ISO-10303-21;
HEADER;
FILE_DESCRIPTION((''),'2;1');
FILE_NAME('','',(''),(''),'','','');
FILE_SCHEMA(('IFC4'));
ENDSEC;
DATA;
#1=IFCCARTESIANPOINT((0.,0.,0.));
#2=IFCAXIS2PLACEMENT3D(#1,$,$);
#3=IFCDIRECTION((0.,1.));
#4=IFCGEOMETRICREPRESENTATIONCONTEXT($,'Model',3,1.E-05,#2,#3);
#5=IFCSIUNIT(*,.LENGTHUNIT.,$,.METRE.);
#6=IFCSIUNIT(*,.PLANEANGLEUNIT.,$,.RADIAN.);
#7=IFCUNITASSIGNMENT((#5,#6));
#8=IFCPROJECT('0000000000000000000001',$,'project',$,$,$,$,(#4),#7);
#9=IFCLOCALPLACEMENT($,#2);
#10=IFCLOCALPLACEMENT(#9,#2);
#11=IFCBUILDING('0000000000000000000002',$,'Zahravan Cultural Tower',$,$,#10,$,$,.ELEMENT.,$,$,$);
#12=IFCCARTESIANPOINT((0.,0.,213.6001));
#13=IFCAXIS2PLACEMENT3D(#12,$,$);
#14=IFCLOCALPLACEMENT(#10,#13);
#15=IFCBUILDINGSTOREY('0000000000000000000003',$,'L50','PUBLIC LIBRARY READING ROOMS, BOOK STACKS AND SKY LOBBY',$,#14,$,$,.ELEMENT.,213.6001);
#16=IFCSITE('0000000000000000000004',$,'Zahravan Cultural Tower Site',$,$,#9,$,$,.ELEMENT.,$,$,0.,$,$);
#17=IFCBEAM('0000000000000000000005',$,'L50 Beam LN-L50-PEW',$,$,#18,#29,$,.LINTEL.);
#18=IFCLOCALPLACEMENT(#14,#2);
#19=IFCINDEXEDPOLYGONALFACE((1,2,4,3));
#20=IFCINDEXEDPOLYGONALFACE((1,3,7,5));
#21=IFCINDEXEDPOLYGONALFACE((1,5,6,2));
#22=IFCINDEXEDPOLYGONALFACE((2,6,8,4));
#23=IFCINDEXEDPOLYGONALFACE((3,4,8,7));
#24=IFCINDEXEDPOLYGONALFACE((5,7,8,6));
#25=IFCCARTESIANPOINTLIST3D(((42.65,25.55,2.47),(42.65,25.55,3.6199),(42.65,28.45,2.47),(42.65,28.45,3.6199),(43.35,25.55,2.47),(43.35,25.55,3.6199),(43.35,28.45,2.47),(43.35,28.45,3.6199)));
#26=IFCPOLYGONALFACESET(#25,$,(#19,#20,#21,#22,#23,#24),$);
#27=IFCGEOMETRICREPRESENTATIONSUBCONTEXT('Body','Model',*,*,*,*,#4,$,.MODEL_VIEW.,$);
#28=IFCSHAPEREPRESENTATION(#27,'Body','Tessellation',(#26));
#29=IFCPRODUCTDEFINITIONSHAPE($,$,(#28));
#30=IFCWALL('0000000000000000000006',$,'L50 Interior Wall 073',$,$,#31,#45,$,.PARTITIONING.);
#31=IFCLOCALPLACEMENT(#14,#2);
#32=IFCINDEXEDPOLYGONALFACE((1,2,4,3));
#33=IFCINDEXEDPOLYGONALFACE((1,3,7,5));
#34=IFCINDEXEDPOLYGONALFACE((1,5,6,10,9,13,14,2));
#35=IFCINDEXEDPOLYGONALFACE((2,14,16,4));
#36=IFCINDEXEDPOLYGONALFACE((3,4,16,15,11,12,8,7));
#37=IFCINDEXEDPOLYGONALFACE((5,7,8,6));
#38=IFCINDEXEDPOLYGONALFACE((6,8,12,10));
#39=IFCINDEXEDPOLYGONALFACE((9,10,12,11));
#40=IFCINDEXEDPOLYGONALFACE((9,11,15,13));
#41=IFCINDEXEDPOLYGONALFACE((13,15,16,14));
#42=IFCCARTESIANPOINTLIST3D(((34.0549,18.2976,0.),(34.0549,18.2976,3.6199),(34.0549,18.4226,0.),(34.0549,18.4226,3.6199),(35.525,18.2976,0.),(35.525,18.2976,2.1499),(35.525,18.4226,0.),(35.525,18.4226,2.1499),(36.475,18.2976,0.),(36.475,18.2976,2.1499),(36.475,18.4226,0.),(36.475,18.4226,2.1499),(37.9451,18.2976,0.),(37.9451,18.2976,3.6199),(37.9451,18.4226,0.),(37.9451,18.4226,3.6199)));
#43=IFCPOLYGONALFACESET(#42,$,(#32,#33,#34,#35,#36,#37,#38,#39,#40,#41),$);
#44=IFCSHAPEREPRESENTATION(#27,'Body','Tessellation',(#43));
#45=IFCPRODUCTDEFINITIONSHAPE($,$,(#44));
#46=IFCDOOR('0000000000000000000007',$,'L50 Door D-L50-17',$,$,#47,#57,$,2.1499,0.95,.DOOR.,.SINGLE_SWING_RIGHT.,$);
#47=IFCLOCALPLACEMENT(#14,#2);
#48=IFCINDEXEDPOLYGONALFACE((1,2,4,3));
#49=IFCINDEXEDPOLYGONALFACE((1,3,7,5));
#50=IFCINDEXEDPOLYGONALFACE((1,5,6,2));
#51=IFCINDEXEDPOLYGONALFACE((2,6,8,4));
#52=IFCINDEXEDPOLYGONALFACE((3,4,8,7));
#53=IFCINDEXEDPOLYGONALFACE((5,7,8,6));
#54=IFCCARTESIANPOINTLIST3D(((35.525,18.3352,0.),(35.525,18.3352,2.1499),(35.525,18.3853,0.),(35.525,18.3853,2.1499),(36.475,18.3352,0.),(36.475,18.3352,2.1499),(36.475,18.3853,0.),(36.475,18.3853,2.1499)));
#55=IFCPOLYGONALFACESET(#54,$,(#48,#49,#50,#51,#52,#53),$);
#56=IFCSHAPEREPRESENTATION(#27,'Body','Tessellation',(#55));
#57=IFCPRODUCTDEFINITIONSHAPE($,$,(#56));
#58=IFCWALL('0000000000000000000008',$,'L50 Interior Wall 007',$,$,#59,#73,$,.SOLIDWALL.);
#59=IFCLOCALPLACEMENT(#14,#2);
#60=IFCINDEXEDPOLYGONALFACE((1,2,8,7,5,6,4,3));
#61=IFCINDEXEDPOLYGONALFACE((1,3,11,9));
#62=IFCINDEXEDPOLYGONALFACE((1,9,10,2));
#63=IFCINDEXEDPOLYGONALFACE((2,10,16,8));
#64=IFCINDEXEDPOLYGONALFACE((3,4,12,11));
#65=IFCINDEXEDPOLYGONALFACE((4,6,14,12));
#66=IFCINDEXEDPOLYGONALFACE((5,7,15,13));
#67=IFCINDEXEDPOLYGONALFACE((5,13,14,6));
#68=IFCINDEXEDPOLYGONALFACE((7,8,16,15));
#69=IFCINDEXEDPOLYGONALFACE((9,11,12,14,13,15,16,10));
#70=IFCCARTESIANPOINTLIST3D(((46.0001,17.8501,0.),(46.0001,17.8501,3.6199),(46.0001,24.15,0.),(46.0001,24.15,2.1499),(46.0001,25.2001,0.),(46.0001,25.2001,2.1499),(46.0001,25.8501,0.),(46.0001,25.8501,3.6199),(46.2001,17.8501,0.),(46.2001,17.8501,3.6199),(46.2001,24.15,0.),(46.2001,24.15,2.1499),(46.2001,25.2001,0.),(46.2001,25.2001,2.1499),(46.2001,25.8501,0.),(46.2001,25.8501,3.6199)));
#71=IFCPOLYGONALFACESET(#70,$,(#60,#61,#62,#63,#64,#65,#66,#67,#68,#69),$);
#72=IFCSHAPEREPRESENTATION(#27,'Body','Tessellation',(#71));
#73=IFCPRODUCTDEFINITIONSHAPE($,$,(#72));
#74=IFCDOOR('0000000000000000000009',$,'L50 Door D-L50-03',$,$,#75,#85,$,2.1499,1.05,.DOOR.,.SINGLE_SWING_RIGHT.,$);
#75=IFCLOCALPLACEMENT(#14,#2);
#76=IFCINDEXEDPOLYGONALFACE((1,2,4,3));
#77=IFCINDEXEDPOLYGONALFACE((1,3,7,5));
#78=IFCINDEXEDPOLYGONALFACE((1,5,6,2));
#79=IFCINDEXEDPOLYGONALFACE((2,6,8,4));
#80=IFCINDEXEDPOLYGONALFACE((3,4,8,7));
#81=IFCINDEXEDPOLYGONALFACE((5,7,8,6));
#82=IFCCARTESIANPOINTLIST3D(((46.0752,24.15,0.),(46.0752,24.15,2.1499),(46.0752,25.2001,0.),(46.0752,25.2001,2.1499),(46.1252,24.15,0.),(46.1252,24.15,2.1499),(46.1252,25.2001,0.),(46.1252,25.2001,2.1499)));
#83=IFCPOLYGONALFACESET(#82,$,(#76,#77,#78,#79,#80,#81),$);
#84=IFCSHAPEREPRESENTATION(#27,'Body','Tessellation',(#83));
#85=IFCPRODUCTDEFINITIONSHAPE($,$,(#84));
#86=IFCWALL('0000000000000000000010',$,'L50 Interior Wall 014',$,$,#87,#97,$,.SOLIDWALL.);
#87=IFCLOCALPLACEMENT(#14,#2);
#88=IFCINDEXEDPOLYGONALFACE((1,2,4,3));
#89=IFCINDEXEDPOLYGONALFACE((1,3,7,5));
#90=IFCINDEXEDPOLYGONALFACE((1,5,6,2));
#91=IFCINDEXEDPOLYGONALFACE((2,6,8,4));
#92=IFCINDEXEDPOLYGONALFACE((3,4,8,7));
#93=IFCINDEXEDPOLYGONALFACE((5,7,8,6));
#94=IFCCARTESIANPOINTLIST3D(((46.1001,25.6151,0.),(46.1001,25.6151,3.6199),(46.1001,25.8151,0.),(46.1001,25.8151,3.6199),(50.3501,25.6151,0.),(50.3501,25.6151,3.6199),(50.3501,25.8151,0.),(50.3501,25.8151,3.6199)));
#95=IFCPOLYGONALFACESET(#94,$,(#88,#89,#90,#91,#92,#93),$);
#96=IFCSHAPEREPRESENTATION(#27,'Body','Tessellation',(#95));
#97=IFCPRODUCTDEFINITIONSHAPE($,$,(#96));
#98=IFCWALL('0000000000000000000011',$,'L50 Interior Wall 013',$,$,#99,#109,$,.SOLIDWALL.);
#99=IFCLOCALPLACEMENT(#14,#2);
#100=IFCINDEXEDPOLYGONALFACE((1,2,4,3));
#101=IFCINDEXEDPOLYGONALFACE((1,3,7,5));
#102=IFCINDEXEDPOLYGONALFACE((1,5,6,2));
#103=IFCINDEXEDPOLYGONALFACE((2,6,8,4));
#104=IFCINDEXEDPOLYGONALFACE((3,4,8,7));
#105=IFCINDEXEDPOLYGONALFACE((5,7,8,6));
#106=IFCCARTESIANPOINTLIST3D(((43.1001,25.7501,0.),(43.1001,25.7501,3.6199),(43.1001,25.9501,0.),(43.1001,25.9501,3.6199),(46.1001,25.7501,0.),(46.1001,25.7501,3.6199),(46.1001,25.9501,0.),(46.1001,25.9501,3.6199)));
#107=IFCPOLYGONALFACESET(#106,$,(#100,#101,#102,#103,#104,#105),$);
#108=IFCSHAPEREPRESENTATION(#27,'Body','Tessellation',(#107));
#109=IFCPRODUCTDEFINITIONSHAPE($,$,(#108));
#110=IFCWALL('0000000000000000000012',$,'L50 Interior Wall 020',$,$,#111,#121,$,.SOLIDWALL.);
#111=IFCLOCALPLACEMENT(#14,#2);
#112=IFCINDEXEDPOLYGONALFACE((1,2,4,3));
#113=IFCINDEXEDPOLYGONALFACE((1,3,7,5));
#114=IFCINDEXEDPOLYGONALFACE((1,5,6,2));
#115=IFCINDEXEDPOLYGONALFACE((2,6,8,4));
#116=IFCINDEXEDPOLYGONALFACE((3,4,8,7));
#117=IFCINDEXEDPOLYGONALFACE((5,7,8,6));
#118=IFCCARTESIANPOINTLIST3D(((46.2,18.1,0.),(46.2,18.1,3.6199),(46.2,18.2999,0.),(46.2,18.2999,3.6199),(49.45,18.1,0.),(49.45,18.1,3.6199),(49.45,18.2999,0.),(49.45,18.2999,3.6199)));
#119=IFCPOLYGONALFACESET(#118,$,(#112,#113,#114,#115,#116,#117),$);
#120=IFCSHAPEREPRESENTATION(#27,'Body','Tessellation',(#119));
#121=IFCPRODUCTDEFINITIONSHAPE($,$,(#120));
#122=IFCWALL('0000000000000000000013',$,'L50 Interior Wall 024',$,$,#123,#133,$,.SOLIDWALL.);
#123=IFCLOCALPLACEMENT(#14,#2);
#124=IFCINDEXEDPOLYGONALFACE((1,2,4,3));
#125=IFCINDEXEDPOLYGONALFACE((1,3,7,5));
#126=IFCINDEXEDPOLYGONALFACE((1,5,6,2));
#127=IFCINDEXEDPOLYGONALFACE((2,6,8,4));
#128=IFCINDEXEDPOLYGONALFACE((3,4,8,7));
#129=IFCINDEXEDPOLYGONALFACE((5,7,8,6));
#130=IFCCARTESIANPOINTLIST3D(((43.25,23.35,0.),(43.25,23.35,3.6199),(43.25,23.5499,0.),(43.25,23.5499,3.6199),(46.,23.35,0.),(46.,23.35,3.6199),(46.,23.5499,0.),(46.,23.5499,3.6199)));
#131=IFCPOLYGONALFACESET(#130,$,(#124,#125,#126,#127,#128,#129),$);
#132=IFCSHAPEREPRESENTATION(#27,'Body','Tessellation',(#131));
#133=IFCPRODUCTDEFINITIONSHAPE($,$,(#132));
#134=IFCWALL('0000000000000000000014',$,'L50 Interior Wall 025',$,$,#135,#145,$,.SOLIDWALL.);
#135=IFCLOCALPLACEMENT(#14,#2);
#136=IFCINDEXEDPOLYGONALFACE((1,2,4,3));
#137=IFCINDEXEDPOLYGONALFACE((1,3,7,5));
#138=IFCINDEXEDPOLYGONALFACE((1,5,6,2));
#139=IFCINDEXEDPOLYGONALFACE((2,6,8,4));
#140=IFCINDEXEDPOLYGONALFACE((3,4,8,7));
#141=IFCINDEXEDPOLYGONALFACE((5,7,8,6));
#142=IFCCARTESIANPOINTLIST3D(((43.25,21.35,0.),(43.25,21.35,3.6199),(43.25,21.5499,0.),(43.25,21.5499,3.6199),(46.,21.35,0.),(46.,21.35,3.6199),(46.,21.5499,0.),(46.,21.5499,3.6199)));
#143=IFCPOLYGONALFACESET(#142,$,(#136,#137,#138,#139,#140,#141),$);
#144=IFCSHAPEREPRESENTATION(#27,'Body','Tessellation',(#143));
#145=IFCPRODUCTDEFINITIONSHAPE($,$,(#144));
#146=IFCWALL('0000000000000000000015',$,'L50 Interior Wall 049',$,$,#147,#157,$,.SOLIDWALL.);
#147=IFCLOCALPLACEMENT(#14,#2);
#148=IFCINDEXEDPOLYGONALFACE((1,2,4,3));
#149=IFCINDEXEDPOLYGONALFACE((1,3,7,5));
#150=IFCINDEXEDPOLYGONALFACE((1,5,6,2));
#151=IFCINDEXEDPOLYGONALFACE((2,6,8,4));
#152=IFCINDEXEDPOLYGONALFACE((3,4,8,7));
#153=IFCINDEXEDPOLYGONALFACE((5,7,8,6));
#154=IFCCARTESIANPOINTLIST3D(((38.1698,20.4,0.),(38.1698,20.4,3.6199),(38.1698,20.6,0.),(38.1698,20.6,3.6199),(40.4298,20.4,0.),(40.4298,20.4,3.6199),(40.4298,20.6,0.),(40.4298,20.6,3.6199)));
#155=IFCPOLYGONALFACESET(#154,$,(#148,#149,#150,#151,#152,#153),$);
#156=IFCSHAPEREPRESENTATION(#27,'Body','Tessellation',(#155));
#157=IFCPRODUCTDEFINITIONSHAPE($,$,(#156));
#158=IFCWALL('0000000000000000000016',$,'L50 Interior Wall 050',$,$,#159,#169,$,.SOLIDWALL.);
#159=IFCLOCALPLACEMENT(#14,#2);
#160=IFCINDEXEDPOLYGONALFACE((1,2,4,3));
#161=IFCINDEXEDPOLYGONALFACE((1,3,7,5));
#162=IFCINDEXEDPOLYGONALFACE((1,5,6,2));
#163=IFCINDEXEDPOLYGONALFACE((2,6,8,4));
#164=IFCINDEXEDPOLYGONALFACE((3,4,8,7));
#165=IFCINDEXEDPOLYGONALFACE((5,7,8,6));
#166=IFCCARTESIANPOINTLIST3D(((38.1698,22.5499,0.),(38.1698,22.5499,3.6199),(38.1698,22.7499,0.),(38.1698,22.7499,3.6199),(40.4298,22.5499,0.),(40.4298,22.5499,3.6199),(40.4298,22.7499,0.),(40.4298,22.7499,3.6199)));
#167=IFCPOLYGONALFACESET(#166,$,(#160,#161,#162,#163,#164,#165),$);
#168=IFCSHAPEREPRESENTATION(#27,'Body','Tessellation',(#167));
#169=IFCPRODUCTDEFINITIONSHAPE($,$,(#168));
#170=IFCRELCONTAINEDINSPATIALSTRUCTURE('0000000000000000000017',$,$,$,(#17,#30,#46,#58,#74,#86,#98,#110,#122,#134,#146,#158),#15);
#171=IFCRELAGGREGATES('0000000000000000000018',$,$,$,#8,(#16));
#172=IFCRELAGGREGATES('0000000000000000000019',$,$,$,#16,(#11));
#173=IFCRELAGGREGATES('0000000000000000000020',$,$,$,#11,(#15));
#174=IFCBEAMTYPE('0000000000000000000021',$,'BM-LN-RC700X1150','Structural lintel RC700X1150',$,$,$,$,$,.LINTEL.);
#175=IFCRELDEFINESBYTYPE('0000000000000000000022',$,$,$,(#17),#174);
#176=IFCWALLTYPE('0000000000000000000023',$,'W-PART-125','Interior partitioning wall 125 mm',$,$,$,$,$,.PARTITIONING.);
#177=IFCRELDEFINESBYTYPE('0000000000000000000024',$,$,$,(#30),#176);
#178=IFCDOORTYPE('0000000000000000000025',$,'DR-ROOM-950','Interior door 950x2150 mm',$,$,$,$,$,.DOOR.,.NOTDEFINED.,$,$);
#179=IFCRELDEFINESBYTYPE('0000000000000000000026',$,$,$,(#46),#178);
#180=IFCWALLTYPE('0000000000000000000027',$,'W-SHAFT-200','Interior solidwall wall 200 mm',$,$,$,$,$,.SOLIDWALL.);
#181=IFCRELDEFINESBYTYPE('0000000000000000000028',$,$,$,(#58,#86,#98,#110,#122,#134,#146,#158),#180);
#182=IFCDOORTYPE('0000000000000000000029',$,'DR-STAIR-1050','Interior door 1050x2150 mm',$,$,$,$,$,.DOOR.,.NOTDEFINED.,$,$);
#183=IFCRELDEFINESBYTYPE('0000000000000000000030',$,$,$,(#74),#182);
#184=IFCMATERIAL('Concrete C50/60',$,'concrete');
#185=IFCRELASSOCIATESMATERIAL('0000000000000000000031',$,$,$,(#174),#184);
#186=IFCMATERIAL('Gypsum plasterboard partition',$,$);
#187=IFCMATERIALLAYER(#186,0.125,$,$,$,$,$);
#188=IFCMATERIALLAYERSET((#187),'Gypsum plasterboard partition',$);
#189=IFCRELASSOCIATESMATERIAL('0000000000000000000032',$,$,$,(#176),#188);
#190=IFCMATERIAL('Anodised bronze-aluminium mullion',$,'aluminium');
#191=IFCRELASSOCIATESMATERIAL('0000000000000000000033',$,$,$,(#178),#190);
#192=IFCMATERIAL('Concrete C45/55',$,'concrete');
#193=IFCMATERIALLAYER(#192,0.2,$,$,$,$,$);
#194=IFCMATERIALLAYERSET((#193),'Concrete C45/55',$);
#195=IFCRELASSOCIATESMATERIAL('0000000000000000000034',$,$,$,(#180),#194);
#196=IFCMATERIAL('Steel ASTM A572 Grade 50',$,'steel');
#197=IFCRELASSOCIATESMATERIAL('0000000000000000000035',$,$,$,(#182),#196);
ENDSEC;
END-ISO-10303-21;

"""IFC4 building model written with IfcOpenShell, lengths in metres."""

from ifc_helpers import new_model, si_unit, direction, frame, frame_2d, origin, origin_2d, place, context, subcontext, project, spatial, rectangle, extrude, source, transform, mapped, material, layer, layer_set, material_profile, profile_set, type_object, element, fill, save


model = new_model("IFC4")

# Units and contexts
model_context = context("Model", 3, precision=1e-05, world=origin(), true_north=direction((0.0, 1.0)))
body_context = subcontext(model_context, "Body", "Model", "MODEL_VIEW")
ifc_project = project(units=[si_unit("LENGTHUNIT", "METRE"), si_unit("PLANEANGLEUNIT", "RADIAN")], contexts=[model_context])

# Site, building, storey
site_placement = place(None, origin())
site = spatial("IfcSite", under=ifc_project, at=site_placement, Name="Zahravan Cultural Tower Site", CompositionType="ELEMENT", RefElevation=0.0)
building_placement = place(site_placement, origin())
building = spatial("IfcBuilding", under=site, at=building_placement, Name="Zahravan Cultural Tower", CompositionType="ELEMENT")
storey_placement = place(building_placement, frame((0.0, 0.0, 213.6001)))
storey = spatial("IfcBuildingStorey", under=building, at=storey_placement, Name="L50", Description="PUBLIC LIBRARY READING ROOMS, BOOK STACKS AND SKY LOBBY", CompositionType="ELEMENT", Elevation=213.6001)

# Beam
ifc_material_1 = material(Name="Concrete C50/60", Category="concrete")
ifc_material_profile = material_profile(ifc_material_1, rectangle(XDim=0.7, YDim=1.1499, at=origin_2d()), Name="RC700X1150")
ifc_profile_set = profile_set([ifc_material_profile], Name="Concrete C50/60")
beam_type = type_object("IfcBeamType", Name="BM-LN-RC700X1150", Description="Structural lintel RC700X1150", PredefinedType="LINTEL", material=ifc_profile_set)
shared_shape_1 = source(origin(), body_context, "Body", "SweptSolid", [
    extrude(rectangle(XDim=0.7, YDim=1.1499, at=origin_2d()), origin(), (0.0, 0.0, 1.0), 2.8999),
])
beam_placement = place(storey_placement, frame((43.0, 25.55, 3.0449), z_axis=(0.0, 1.0, 0.0), x_axis=(-1.0, 0.0, 0.0)))
element("IfcBeam", 1, at=beam_placement, inside=storey, type_object=beam_type, Name="L50 Beam LN-L50-PEW", PredefinedType="LINTEL", context=body_context, shape_type="MappedRepresentation", body=[
    mapped(shared_shape_1, transform((0.0, 0.0, 0.0), x_axis=(1.0, 0.0, 0.0), y_axis=(0.0, 1.0, 0.0), z_axis=(0.0, 0.0, 1.0), scale=1.0)),
])

# Walls, openings, doors
ifc_material_2 = material(Name="Gypsum plasterboard partition")
ifc_layer_1 = layer(ifc_material_2, 0.125)
ifc_layer_set_1 = layer_set([ifc_layer_1], Name="Gypsum plasterboard partition")
wall_type_1 = type_object("IfcWallType", Name="W-PART-125", Description="Interior partitioning wall 125 mm", PredefinedType="PARTITIONING", material=ifc_layer_set_1)
ifc_material_3 = material(Name="Anodised bronze-aluminium mullion", Category="aluminium")
door_type_1 = type_object("IfcDoorType", Name="DR-ROOM-950", Description="Interior door 950x2150 mm", OperationType="NOTDEFINED", PredefinedType="DOOR", material=ifc_material_3)
shared_shape_2 = source(origin(), body_context, "Body", "SweptSolid", [
    extrude(rectangle(XDim=0.95, YDim=2.1499, at=frame_2d((0.4751, 1.075))), frame((0.0, 0.0249, 0.0), z_axis=(0.0, -1.0, 0.0), x_axis=(1.0, 0.0, 0.0)), (0.0, 0.0, 1.0), 0.05),
])
wall_1_placement = place(storey_placement, frame((37.9451, 18.3601, 0.0), z_axis=(0.0, 0.0, 1.0), x_axis=(-1.0, 0.0, 0.0)))
wall_1 = element("IfcWall", 2, at=wall_1_placement, inside=storey, type_object=wall_type_1, Name="L50 Interior Wall 073", PredefinedType="PARTITIONING", context=body_context, shape_type="SweptSolid", body=[
    extrude(rectangle(XDim=3.8901, YDim=0.125, at=frame_2d((1.9451, 0.0))), origin(), (0.0, 0.0, 1.0), 3.6199),
])
opening_1_placement = place(wall_1_placement, frame((1.47, 0.0, 0.0)))
opening_1 = element("IfcOpeningElement", 3, at=opening_1_placement, cuts=wall_1, PredefinedType="OPENING", context=body_context, shape_type="SweptSolid", body=[
    extrude(rectangle(XDim=0.95, YDim=2.1499, at=frame_2d((0.4751, 1.075))), frame((0.0, 0.0725, 0.0), z_axis=(0.0, -1.0, 0.0), x_axis=(1.0, 0.0, 0.0)), (0.0, 0.0, 1.0), 0.145),
])
door_1_placement = place(opening_1_placement, origin())
door_1 = element("IfcDoor", 4, at=door_1_placement, inside=storey, type_object=door_type_1, Name="L50 Door D-L50-17", OperationType="SINGLE_SWING_RIGHT", OverallHeight=2.1499, OverallWidth=0.95, PredefinedType="DOOR", context=body_context, shape_type="MappedRepresentation", body=[
    mapped(shared_shape_2, transform((0.0, 0.0, 0.0), x_axis=(1.0, 0.0, 0.0), y_axis=(0.0, 1.0, 0.0), z_axis=(0.0, 0.0, 1.0), scale=1.0)),
])
fill(opening_1, door_1)
ifc_material_4 = material(Name="Concrete C45/55", Category="concrete")
ifc_layer_2 = layer(ifc_material_4, 0.2)
ifc_layer_set_2 = layer_set([ifc_layer_2], Name="Concrete C45/55")
wall_type_2 = type_object("IfcWallType", Name="W-SHAFT-200", Description="Interior solidwall wall 200 mm", PredefinedType="SOLIDWALL", material=ifc_layer_set_2)
wall_2_placement = place(storey_placement, frame((46.1001, 17.8501, 0.0), z_axis=(0.0, 0.0, 1.0), x_axis=(0.0, 1.0, 0.0)))
wall_2 = element("IfcWall", 5, at=wall_2_placement, inside=storey, type_object=wall_type_2, Name="L50 Interior Wall 007", PredefinedType="SOLIDWALL", context=body_context, shape_type="SweptSolid", body=[
    extrude(rectangle(XDim=8.0, YDim=0.2, at=frame_2d((4.0, 0.0))), origin(), (0.0, 0.0, 1.0), 3.6199),
])
opening_2_placement = place(wall_2_placement, frame((6.3, 0.0, 0.0)))
opening_2 = element("IfcOpeningElement", 6, at=opening_2_placement, cuts=wall_2, PredefinedType="OPENING", context=body_context, shape_type="SweptSolid", body=[
    extrude(rectangle(XDim=1.05, YDim=2.1499, at=frame_2d((0.5249, 1.075))), frame((0.0, 0.1099, 0.0), z_axis=(0.0, -1.0, 0.0), x_axis=(1.0, 0.0, 0.0)), (0.0, 0.0, 1.0), 0.22),
])
ifc_material_5 = material(Name="Steel ASTM A572 Grade 50", Category="steel")
door_type_2 = type_object("IfcDoorType", Name="DR-STAIR-1050", Description="Interior door 1050x2150 mm", OperationType="NOTDEFINED", PredefinedType="DOOR", material=ifc_material_5)
shared_shape_3 = source(origin(), body_context, "Body", "SweptSolid", [
    extrude(rectangle(XDim=1.05, YDim=2.1499, at=frame_2d((0.5249, 1.075))), frame((0.0, 0.0249, 0.0), z_axis=(0.0, -1.0, 0.0), x_axis=(1.0, 0.0, 0.0)), (0.0, 0.0, 1.0), 0.05),
])
door_2_placement = place(opening_2_placement, origin())
door_2 = element("IfcDoor", 7, at=door_2_placement, inside=storey, type_object=door_type_2, Name="L50 Door D-L50-03", OperationType="SINGLE_SWING_RIGHT", OverallHeight=2.1499, OverallWidth=1.05, PredefinedType="DOOR", context=body_context, shape_type="MappedRepresentation", body=[
    mapped(shared_shape_3, transform((0.0, 0.0, 0.0), x_axis=(1.0, 0.0, 0.0), y_axis=(0.0, 1.0, 0.0), z_axis=(0.0, 0.0, 1.0), scale=1.0)),
])
fill(opening_2, door_2)

# Walls
shared_shape_4 = source(origin(), body_context, "Body", "SweptSolid", [
    extrude(rectangle(XDim=4.25, YDim=0.2, at=frame_2d((2.125, 0.0))), origin(), (0.0, 0.0, 1.0), 3.6199),
])
wall_3_placement = place(storey_placement, frame((46.1001, 25.7151, 0.0), z_axis=(0.0, 0.0, 1.0), x_axis=(1.0, 0.0, 0.0)))
element("IfcWall", 8, at=wall_3_placement, inside=storey, type_object=wall_type_2, Name="L50 Interior Wall 014", PredefinedType="SOLIDWALL", context=body_context, shape_type="MappedRepresentation", body=[
    mapped(shared_shape_4, transform((0.0, 0.0, 0.0), x_axis=(1.0, 0.0, 0.0), y_axis=(0.0, 1.0, 0.0), z_axis=(0.0, 0.0, 1.0), scale=1.0)),
])
shared_shape_5 = source(origin(), body_context, "Body", "SweptSolid", [
    extrude(rectangle(XDim=3.0, YDim=0.2, at=frame_2d((1.5, 0.0))), origin(), (0.0, 0.0, 1.0), 3.6199),
])
wall_4_placement = place(storey_placement, frame((43.1001, 25.8501, 0.0), z_axis=(0.0, 0.0, 1.0), x_axis=(1.0, 0.0, 0.0)))
element("IfcWall", 9, at=wall_4_placement, inside=storey, type_object=wall_type_2, Name="L50 Interior Wall 013", PredefinedType="SOLIDWALL", context=body_context, shape_type="MappedRepresentation", body=[
    mapped(shared_shape_5, transform((0.0, 0.0, 0.0), x_axis=(1.0, 0.0, 0.0), y_axis=(0.0, 1.0, 0.0), z_axis=(0.0, 0.0, 1.0), scale=1.0)),
])
shared_shape_6 = source(origin(), body_context, "Body", "SweptSolid", [
    extrude(rectangle(XDim=3.25, YDim=0.2, at=frame_2d((1.625, 0.0))), origin(), (0.0, 0.0, 1.0), 3.6199),
])
wall_5_placement = place(storey_placement, frame((46.2, 18.2, 0.0), z_axis=(0.0, 0.0, 1.0), x_axis=(1.0, 0.0, 0.0)))
element("IfcWall", 10, at=wall_5_placement, inside=storey, type_object=wall_type_2, Name="L50 Interior Wall 020", PredefinedType="SOLIDWALL", context=body_context, shape_type="MappedRepresentation", body=[
    mapped(shared_shape_6, transform((0.0, 0.0, 0.0), x_axis=(1.0, 0.0, 0.0), y_axis=(0.0, 1.0, 0.0), z_axis=(0.0, 0.0, 1.0), scale=1.0)),
])
shared_shape_7 = source(origin(), body_context, "Body", "SweptSolid", [
    extrude(rectangle(XDim=2.75, YDim=0.2, at=frame_2d((1.375, 0.0))), origin(), (0.0, 0.0, 1.0), 3.6199),
])
for number, where, z_axis, x_axis, name in (
    (11, (43.25, 23.45, 0.0), (0.0, 0.0, 1.0), (1.0, 0.0, 0.0), "L50 Interior Wall 024"),
    (12, (43.25, 21.45, 0.0), (0.0, 0.0, 1.0), (1.0, 0.0, 0.0), "L50 Interior Wall 025"),
):
    element("IfcWall", number, at=place(storey_placement, frame(where, z_axis=z_axis, x_axis=x_axis)), inside=storey, type_object=wall_type_2, Name=name, PredefinedType="SOLIDWALL", context=body_context, shape_type="MappedRepresentation", body=[
        mapped(shared_shape_7, transform((0.0, 0.0, 0.0), x_axis=(1.0, 0.0, 0.0), y_axis=(0.0, 1.0, 0.0), z_axis=(0.0, 0.0, 1.0), scale=1.0)),
    ])
shared_shape_8 = source(origin(), body_context, "Body", "SweptSolid", [
    extrude(rectangle(XDim=2.26, YDim=0.2, at=frame_2d((1.1299, 0.0))), origin(), (0.0, 0.0, 1.0), 3.6199),
])
for number, where, z_axis, x_axis, name in (
    (13, (38.1699, 20.5, 0.0), (0.0, 0.0, 1.0), (1.0, 0.0, 0.0), "L50 Interior Wall 049"),
    (14, (38.1699, 22.6499, 0.0), (0.0, 0.0, 1.0), (1.0, 0.0, 0.0), "L50 Interior Wall 050"),
):
    element("IfcWall", number, at=place(storey_placement, frame(where, z_axis=z_axis, x_axis=x_axis)), inside=storey, type_object=wall_type_2, Name=name, PredefinedType="SOLIDWALL", context=body_context, shape_type="MappedRepresentation", body=[
        mapped(shared_shape_8, transform((0.0, 0.0, 0.0), x_axis=(1.0, 0.0, 0.0), y_axis=(0.0, 1.0, 0.0), z_axis=(0.0, 0.0, 1.0), scale=1.0)),
    ])

save(model, "model.ifc")
